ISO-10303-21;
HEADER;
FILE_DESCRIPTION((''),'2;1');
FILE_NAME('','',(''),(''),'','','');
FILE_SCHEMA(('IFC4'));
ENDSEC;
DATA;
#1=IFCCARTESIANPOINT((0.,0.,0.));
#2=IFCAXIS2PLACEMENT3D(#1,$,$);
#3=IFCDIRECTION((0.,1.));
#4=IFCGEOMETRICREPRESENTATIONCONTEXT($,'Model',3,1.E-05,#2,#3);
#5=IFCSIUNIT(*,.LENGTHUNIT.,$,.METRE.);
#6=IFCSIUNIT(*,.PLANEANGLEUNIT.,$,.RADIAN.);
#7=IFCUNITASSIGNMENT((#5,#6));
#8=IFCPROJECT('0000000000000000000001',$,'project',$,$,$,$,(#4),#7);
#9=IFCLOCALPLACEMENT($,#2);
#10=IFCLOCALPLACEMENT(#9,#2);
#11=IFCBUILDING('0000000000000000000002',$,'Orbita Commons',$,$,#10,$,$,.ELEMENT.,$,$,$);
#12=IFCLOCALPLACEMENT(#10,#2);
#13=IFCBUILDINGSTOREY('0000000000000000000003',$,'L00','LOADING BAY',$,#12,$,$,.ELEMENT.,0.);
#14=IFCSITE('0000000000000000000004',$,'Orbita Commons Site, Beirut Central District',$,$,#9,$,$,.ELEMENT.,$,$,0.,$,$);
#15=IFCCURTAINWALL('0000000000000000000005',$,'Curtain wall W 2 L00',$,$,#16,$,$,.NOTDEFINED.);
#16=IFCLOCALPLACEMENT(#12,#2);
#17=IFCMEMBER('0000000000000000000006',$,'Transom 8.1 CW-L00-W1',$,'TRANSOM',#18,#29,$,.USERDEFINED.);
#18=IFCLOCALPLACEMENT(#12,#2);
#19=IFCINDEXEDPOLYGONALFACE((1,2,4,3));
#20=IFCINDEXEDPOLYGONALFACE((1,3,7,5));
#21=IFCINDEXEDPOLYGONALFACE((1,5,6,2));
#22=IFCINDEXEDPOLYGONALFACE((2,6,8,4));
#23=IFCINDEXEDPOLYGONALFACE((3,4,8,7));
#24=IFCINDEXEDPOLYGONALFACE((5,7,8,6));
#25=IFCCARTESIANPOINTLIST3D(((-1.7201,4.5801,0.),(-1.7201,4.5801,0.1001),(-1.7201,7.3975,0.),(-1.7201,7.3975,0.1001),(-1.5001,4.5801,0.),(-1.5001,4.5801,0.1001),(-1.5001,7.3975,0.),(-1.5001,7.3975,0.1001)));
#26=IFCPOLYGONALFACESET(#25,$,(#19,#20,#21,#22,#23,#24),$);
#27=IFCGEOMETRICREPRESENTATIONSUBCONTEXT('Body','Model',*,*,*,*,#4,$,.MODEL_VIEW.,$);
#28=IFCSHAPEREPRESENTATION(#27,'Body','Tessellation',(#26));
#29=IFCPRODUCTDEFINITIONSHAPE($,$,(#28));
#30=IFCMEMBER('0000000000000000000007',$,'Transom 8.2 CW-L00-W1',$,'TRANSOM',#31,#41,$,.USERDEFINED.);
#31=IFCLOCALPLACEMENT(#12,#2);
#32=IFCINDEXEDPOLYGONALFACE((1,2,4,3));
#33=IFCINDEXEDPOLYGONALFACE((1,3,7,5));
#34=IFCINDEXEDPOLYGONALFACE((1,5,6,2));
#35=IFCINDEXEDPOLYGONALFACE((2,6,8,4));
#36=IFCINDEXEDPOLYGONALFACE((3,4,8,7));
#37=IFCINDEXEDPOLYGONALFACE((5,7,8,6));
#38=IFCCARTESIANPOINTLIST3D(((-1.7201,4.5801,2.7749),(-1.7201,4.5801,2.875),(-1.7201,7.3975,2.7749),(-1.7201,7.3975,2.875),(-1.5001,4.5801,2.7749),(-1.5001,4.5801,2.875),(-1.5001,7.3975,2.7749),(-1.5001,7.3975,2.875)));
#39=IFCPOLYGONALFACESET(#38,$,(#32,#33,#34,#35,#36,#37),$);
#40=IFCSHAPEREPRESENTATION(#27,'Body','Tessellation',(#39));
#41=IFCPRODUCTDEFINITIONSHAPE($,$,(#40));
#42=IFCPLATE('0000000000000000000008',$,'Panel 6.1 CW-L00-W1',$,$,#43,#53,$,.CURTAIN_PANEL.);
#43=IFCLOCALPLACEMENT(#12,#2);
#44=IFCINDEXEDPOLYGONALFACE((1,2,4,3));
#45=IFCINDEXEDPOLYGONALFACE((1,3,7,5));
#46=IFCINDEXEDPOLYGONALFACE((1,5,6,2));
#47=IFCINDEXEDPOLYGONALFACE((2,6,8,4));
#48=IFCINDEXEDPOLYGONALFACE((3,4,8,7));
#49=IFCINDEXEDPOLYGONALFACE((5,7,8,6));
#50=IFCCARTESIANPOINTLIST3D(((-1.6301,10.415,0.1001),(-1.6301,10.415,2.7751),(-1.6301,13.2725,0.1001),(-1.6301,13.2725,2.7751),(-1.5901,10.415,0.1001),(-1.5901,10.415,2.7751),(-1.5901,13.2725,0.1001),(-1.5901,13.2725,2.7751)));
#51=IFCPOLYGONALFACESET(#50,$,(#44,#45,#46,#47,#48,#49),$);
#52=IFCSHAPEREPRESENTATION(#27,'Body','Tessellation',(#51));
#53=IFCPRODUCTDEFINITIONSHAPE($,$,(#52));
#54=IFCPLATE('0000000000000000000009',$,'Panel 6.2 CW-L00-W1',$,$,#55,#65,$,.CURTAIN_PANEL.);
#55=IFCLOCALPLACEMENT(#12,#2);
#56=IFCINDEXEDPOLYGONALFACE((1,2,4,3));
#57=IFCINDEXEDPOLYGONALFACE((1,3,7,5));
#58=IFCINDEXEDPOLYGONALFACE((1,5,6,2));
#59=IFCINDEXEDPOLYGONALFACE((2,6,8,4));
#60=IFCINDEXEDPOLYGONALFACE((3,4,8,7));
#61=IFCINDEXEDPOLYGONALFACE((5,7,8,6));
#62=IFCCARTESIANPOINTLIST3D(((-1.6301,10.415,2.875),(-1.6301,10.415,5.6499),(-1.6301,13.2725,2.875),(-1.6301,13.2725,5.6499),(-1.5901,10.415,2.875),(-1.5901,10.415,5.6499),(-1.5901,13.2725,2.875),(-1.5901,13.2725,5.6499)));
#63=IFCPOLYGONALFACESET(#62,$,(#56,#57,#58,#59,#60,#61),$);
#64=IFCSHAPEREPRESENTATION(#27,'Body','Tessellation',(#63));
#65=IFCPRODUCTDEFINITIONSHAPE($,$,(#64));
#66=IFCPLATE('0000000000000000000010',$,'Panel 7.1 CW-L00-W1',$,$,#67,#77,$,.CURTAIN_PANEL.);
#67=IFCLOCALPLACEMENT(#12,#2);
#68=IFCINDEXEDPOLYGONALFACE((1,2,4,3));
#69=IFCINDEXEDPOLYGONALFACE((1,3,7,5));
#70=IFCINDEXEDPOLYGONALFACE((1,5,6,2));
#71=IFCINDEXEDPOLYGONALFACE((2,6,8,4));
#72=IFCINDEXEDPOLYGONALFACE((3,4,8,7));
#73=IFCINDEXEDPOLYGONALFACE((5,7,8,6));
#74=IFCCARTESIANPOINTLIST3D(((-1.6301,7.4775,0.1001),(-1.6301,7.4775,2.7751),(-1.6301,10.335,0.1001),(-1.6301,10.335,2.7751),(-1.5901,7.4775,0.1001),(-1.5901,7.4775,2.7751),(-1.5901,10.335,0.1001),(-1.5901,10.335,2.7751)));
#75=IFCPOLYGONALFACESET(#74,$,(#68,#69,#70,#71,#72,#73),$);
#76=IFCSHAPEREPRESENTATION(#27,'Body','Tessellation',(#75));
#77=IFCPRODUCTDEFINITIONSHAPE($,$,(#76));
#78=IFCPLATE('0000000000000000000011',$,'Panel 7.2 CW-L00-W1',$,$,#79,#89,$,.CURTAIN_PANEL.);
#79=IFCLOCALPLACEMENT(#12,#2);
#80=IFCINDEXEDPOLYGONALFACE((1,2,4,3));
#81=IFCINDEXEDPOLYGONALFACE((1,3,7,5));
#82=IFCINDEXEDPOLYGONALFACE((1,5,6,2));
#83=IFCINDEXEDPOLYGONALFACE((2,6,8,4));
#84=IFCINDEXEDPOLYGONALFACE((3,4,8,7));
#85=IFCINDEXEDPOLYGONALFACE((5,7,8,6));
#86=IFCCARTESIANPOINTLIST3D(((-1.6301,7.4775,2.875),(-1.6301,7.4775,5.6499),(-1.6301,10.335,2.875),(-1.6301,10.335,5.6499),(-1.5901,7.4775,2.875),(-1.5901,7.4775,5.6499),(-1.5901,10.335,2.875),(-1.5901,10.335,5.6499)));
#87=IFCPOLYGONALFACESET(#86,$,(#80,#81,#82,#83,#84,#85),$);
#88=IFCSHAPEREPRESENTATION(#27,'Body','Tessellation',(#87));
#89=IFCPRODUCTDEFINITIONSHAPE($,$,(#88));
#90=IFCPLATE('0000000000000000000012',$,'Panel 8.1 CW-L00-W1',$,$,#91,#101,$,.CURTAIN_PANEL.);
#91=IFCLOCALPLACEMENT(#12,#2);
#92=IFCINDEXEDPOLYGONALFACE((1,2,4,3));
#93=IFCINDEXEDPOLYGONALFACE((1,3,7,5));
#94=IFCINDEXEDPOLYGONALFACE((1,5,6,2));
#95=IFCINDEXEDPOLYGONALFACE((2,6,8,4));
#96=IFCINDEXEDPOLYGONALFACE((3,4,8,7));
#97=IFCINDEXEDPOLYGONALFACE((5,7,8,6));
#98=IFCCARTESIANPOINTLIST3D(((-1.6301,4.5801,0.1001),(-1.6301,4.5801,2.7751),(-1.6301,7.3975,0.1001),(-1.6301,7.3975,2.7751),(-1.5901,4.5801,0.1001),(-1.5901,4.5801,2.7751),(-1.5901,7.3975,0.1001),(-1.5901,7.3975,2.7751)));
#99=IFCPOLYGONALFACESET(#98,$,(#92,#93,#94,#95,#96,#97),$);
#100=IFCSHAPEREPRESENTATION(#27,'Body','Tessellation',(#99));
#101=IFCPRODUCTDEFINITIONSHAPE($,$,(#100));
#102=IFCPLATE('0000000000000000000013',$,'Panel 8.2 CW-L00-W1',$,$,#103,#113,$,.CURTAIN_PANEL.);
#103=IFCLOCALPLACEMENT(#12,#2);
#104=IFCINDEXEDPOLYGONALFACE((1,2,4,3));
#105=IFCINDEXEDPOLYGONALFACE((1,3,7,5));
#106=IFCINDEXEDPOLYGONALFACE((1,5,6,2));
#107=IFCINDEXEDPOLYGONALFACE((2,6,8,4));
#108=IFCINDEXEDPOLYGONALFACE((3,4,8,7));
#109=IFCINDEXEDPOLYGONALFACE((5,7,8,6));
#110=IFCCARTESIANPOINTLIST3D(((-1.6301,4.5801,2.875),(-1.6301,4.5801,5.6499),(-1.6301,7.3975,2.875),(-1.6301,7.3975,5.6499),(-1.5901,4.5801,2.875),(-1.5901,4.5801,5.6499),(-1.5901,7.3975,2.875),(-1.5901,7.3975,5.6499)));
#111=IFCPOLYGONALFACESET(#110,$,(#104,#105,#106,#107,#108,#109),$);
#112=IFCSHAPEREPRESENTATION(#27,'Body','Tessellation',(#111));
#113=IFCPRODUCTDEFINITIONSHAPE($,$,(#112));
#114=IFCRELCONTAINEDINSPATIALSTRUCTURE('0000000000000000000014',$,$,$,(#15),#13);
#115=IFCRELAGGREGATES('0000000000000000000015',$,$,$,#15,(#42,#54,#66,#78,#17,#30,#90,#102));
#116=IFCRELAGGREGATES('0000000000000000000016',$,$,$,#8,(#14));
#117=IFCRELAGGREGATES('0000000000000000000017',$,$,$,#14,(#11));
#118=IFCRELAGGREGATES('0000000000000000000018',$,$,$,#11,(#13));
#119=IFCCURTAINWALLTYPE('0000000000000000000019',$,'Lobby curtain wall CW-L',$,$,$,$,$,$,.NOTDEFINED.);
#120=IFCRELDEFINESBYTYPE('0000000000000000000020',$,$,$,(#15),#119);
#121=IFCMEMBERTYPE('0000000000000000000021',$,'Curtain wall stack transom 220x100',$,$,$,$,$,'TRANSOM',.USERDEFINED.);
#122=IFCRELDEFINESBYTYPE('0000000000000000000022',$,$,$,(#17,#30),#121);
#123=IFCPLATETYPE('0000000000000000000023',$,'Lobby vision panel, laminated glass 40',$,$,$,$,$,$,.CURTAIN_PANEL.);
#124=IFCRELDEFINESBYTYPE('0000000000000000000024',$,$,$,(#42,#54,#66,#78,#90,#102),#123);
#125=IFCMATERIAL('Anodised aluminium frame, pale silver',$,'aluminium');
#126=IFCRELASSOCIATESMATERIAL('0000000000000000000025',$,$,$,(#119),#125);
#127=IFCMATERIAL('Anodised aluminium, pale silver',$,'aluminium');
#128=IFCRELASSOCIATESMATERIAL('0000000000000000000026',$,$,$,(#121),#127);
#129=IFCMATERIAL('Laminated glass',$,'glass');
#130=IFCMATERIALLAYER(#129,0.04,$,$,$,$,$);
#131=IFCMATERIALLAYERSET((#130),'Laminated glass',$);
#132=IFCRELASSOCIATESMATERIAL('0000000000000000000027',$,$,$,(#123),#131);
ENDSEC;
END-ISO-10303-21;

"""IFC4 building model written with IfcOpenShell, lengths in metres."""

from ifc_helpers import new_model, si_unit, direction, frame, origin, origin_2d, place, context, subcontext, project, spatial, rectangle, extrude, material, layer, layer_set, material_profile, profile_set, type_object, element, aggregate, save


model = new_model("IFC4")

# Units and contexts
model_context = context("Model", 3, precision=1e-05, world=origin(), true_north=direction((0.0, 1.0)))
body_context = subcontext(model_context, "Body", "Model", "MODEL_VIEW")
ifc_project = project(units=[si_unit("LENGTHUNIT", "METRE"), si_unit("PLANEANGLEUNIT", "RADIAN")], contexts=[model_context])

# Site, building, storey
site_placement = place(None, origin())
site = spatial("IfcSite", under=ifc_project, at=site_placement, Name="Orbita Commons Site, Beirut Central District", CompositionType="ELEMENT", RefElevation=0.0)
building_placement = place(site_placement, origin())
building = spatial("IfcBuilding", under=site, at=building_placement, Name="Orbita Commons", CompositionType="ELEMENT")
storey_placement = place(building_placement, origin())
storey = spatial("IfcBuildingStorey", under=building, at=storey_placement, Name="L00", Description="LOADING BAY", CompositionType="ELEMENT", Elevation=0.0)

# Curtain wall, members, plates
ifc_material_1 = material(Name="Anodised aluminium frame, pale silver", Category="aluminium")
curtain_wall_type = type_object("IfcCurtainWallType", Name="Lobby curtain wall CW-L", PredefinedType="NOTDEFINED", material=ifc_material_1)
curtain_wall_placement = place(storey_placement, origin())
curtain_wall = element("IfcCurtainWall", 1, at=curtain_wall_placement, inside=storey, type_object=curtain_wall_type, Name="Curtain wall W 2 L00", PredefinedType="NOTDEFINED")
ifc_material_2 = material(Name="Anodised aluminium, pale silver", Category="aluminium")
ifc_material_profile_1 = material_profile(ifc_material_2, rectangle(XDim=0.22, YDim=0.1001, at=origin_2d()), Name="AL 220x100")
ifc_profile_set_1 = profile_set([ifc_material_profile_1], Name="Anodised aluminium, pale silver")
member_type_1 = type_object("IfcMemberType", Name="Curtain wall stack transom 220x100", ElementType="TRANSOM", PredefinedType="USERDEFINED", material=ifc_profile_set_1)
member_1_placement = place(storey_placement, frame((-1.6101, 7.3975, 0.05), z_axis=(0.0, -1.0, 0.0), x_axis=(1.0, 0.0, 0.0)))
member_1 = element("IfcMember", 2, at=member_1_placement, type_object=member_type_1, Name="Transom 8.1 CW-L00-W1", ObjectType="TRANSOM", PredefinedType="USERDEFINED", context=body_context, shape_type="SweptSolid", body=[
    extrude(rectangle(XDim=0.22, YDim=0.1001, at=origin_2d()), origin(), (0.0, 0.0, 1.0), 2.8174),
])
member_2_placement = place(storey_placement, frame((-1.6101, 7.3975, 2.825), z_axis=(0.0, -1.0, 0.0), x_axis=(1.0, 0.0, 0.0)))
member_2 = element("IfcMember", 3, at=member_2_placement, type_object=member_type_1, Name="Transom 8.2 CW-L00-W1", ObjectType="TRANSOM", PredefinedType="USERDEFINED", context=body_context, shape_type="SweptSolid", body=[
    extrude(rectangle(XDim=0.22, YDim=0.1001, at=origin_2d()), origin(), (0.0, 0.0, 1.0), 2.8174),
])
ifc_material_3 = material(Name="Laminated glass", Category="glass")
ifc_layer = layer(ifc_material_3, 0.04)
ifc_layer_set = layer_set([ifc_layer], Name="Laminated glass")
plate_type = type_object("IfcPlateType", Name="Lobby vision panel, laminated glass 40", PredefinedType="CURTAIN_PANEL", material=ifc_layer_set)
plate_1_placement = place(storey_placement, frame((-1.6101, 11.8438, 0.1001), z_axis=(0.0, 0.0, 1.0), x_axis=(0.0, -1.0, 0.0)))
plate_1 = element("IfcPlate", 4, at=plate_1_placement, type_object=plate_type, Name="Panel 6.1 CW-L00-W1", PredefinedType="CURTAIN_PANEL", context=body_context, shape_type="SweptSolid", body=[
    extrude(rectangle(XDim=2.8574, YDim=0.04, at=origin_2d()), origin(), (0.0, 0.0, 1.0), 2.675),
])
plate_2_placement = place(storey_placement, frame((-1.6101, 11.8438, 2.875), z_axis=(0.0, 0.0, 1.0), x_axis=(0.0, -1.0, 0.0)))
plate_2 = element("IfcPlate", 5, at=plate_2_placement, type_object=plate_type, Name="Panel 6.2 CW-L00-W1", PredefinedType="CURTAIN_PANEL", context=body_context, shape_type="SweptSolid", body=[
    extrude(rectangle(XDim=2.8574, YDim=0.04, at=origin_2d()), origin(), (0.0, 0.0, 1.0), 2.7749),
])
plate_3_placement = place(storey_placement, frame((-1.6101, 8.9062, 0.1001), z_axis=(0.0, 0.0, 1.0), x_axis=(0.0, -1.0, 0.0)))
plate_3 = element("IfcPlate", 6, at=plate_3_placement, type_object=plate_type, Name="Panel 7.1 CW-L00-W1", PredefinedType="CURTAIN_PANEL", context=body_context, shape_type="SweptSolid", body=[
    extrude(rectangle(XDim=2.8574, YDim=0.04, at=origin_2d()), origin(), (0.0, 0.0, 1.0), 2.675),
])
plate_4_placement = place(storey_placement, frame((-1.6101, 8.9062, 2.875), z_axis=(0.0, 0.0, 1.0), x_axis=(0.0, -1.0, 0.0)))
plate_4 = element("IfcPlate", 7, at=plate_4_placement, type_object=plate_type, Name="Panel 7.2 CW-L00-W1", PredefinedType="CURTAIN_PANEL", context=body_context, shape_type="SweptSolid", body=[
    extrude(rectangle(XDim=2.8574, YDim=0.04, at=origin_2d()), origin(), (0.0, 0.0, 1.0), 2.7749),
])
plate_5_placement = place(storey_placement, frame((-1.6101, 5.9888, 0.1001), z_axis=(0.0, 0.0, 1.0), x_axis=(0.0, -1.0, 0.0)))
plate_5 = element("IfcPlate", 8, at=plate_5_placement, type_object=plate_type, Name="Panel 8.1 CW-L00-W1", PredefinedType="CURTAIN_PANEL", context=body_context, shape_type="SweptSolid", body=[
    extrude(rectangle(XDim=2.8174, YDim=0.04, at=origin_2d()), origin(), (0.0, 0.0, 1.0), 2.675),
])
plate_6_placement = place(storey_placement, frame((-1.6101, 5.9888, 2.875), z_axis=(0.0, 0.0, 1.0), x_axis=(0.0, -1.0, 0.0)))
plate_6 = element("IfcPlate", 9, at=plate_6_placement, type_object=plate_type, Name="Panel 8.2 CW-L00-W1", PredefinedType="CURTAIN_PANEL", context=body_context, shape_type="SweptSolid", body=[
    extrude(rectangle(XDim=2.8174, YDim=0.04, at=origin_2d()), origin(), (0.0, 0.0, 1.0), 2.7749),
])
aggregate(curtain_wall, [plate_1, plate_2, plate_3, plate_4, member_1, member_2, plate_5, plate_6])

save(model, "model.ifc")
